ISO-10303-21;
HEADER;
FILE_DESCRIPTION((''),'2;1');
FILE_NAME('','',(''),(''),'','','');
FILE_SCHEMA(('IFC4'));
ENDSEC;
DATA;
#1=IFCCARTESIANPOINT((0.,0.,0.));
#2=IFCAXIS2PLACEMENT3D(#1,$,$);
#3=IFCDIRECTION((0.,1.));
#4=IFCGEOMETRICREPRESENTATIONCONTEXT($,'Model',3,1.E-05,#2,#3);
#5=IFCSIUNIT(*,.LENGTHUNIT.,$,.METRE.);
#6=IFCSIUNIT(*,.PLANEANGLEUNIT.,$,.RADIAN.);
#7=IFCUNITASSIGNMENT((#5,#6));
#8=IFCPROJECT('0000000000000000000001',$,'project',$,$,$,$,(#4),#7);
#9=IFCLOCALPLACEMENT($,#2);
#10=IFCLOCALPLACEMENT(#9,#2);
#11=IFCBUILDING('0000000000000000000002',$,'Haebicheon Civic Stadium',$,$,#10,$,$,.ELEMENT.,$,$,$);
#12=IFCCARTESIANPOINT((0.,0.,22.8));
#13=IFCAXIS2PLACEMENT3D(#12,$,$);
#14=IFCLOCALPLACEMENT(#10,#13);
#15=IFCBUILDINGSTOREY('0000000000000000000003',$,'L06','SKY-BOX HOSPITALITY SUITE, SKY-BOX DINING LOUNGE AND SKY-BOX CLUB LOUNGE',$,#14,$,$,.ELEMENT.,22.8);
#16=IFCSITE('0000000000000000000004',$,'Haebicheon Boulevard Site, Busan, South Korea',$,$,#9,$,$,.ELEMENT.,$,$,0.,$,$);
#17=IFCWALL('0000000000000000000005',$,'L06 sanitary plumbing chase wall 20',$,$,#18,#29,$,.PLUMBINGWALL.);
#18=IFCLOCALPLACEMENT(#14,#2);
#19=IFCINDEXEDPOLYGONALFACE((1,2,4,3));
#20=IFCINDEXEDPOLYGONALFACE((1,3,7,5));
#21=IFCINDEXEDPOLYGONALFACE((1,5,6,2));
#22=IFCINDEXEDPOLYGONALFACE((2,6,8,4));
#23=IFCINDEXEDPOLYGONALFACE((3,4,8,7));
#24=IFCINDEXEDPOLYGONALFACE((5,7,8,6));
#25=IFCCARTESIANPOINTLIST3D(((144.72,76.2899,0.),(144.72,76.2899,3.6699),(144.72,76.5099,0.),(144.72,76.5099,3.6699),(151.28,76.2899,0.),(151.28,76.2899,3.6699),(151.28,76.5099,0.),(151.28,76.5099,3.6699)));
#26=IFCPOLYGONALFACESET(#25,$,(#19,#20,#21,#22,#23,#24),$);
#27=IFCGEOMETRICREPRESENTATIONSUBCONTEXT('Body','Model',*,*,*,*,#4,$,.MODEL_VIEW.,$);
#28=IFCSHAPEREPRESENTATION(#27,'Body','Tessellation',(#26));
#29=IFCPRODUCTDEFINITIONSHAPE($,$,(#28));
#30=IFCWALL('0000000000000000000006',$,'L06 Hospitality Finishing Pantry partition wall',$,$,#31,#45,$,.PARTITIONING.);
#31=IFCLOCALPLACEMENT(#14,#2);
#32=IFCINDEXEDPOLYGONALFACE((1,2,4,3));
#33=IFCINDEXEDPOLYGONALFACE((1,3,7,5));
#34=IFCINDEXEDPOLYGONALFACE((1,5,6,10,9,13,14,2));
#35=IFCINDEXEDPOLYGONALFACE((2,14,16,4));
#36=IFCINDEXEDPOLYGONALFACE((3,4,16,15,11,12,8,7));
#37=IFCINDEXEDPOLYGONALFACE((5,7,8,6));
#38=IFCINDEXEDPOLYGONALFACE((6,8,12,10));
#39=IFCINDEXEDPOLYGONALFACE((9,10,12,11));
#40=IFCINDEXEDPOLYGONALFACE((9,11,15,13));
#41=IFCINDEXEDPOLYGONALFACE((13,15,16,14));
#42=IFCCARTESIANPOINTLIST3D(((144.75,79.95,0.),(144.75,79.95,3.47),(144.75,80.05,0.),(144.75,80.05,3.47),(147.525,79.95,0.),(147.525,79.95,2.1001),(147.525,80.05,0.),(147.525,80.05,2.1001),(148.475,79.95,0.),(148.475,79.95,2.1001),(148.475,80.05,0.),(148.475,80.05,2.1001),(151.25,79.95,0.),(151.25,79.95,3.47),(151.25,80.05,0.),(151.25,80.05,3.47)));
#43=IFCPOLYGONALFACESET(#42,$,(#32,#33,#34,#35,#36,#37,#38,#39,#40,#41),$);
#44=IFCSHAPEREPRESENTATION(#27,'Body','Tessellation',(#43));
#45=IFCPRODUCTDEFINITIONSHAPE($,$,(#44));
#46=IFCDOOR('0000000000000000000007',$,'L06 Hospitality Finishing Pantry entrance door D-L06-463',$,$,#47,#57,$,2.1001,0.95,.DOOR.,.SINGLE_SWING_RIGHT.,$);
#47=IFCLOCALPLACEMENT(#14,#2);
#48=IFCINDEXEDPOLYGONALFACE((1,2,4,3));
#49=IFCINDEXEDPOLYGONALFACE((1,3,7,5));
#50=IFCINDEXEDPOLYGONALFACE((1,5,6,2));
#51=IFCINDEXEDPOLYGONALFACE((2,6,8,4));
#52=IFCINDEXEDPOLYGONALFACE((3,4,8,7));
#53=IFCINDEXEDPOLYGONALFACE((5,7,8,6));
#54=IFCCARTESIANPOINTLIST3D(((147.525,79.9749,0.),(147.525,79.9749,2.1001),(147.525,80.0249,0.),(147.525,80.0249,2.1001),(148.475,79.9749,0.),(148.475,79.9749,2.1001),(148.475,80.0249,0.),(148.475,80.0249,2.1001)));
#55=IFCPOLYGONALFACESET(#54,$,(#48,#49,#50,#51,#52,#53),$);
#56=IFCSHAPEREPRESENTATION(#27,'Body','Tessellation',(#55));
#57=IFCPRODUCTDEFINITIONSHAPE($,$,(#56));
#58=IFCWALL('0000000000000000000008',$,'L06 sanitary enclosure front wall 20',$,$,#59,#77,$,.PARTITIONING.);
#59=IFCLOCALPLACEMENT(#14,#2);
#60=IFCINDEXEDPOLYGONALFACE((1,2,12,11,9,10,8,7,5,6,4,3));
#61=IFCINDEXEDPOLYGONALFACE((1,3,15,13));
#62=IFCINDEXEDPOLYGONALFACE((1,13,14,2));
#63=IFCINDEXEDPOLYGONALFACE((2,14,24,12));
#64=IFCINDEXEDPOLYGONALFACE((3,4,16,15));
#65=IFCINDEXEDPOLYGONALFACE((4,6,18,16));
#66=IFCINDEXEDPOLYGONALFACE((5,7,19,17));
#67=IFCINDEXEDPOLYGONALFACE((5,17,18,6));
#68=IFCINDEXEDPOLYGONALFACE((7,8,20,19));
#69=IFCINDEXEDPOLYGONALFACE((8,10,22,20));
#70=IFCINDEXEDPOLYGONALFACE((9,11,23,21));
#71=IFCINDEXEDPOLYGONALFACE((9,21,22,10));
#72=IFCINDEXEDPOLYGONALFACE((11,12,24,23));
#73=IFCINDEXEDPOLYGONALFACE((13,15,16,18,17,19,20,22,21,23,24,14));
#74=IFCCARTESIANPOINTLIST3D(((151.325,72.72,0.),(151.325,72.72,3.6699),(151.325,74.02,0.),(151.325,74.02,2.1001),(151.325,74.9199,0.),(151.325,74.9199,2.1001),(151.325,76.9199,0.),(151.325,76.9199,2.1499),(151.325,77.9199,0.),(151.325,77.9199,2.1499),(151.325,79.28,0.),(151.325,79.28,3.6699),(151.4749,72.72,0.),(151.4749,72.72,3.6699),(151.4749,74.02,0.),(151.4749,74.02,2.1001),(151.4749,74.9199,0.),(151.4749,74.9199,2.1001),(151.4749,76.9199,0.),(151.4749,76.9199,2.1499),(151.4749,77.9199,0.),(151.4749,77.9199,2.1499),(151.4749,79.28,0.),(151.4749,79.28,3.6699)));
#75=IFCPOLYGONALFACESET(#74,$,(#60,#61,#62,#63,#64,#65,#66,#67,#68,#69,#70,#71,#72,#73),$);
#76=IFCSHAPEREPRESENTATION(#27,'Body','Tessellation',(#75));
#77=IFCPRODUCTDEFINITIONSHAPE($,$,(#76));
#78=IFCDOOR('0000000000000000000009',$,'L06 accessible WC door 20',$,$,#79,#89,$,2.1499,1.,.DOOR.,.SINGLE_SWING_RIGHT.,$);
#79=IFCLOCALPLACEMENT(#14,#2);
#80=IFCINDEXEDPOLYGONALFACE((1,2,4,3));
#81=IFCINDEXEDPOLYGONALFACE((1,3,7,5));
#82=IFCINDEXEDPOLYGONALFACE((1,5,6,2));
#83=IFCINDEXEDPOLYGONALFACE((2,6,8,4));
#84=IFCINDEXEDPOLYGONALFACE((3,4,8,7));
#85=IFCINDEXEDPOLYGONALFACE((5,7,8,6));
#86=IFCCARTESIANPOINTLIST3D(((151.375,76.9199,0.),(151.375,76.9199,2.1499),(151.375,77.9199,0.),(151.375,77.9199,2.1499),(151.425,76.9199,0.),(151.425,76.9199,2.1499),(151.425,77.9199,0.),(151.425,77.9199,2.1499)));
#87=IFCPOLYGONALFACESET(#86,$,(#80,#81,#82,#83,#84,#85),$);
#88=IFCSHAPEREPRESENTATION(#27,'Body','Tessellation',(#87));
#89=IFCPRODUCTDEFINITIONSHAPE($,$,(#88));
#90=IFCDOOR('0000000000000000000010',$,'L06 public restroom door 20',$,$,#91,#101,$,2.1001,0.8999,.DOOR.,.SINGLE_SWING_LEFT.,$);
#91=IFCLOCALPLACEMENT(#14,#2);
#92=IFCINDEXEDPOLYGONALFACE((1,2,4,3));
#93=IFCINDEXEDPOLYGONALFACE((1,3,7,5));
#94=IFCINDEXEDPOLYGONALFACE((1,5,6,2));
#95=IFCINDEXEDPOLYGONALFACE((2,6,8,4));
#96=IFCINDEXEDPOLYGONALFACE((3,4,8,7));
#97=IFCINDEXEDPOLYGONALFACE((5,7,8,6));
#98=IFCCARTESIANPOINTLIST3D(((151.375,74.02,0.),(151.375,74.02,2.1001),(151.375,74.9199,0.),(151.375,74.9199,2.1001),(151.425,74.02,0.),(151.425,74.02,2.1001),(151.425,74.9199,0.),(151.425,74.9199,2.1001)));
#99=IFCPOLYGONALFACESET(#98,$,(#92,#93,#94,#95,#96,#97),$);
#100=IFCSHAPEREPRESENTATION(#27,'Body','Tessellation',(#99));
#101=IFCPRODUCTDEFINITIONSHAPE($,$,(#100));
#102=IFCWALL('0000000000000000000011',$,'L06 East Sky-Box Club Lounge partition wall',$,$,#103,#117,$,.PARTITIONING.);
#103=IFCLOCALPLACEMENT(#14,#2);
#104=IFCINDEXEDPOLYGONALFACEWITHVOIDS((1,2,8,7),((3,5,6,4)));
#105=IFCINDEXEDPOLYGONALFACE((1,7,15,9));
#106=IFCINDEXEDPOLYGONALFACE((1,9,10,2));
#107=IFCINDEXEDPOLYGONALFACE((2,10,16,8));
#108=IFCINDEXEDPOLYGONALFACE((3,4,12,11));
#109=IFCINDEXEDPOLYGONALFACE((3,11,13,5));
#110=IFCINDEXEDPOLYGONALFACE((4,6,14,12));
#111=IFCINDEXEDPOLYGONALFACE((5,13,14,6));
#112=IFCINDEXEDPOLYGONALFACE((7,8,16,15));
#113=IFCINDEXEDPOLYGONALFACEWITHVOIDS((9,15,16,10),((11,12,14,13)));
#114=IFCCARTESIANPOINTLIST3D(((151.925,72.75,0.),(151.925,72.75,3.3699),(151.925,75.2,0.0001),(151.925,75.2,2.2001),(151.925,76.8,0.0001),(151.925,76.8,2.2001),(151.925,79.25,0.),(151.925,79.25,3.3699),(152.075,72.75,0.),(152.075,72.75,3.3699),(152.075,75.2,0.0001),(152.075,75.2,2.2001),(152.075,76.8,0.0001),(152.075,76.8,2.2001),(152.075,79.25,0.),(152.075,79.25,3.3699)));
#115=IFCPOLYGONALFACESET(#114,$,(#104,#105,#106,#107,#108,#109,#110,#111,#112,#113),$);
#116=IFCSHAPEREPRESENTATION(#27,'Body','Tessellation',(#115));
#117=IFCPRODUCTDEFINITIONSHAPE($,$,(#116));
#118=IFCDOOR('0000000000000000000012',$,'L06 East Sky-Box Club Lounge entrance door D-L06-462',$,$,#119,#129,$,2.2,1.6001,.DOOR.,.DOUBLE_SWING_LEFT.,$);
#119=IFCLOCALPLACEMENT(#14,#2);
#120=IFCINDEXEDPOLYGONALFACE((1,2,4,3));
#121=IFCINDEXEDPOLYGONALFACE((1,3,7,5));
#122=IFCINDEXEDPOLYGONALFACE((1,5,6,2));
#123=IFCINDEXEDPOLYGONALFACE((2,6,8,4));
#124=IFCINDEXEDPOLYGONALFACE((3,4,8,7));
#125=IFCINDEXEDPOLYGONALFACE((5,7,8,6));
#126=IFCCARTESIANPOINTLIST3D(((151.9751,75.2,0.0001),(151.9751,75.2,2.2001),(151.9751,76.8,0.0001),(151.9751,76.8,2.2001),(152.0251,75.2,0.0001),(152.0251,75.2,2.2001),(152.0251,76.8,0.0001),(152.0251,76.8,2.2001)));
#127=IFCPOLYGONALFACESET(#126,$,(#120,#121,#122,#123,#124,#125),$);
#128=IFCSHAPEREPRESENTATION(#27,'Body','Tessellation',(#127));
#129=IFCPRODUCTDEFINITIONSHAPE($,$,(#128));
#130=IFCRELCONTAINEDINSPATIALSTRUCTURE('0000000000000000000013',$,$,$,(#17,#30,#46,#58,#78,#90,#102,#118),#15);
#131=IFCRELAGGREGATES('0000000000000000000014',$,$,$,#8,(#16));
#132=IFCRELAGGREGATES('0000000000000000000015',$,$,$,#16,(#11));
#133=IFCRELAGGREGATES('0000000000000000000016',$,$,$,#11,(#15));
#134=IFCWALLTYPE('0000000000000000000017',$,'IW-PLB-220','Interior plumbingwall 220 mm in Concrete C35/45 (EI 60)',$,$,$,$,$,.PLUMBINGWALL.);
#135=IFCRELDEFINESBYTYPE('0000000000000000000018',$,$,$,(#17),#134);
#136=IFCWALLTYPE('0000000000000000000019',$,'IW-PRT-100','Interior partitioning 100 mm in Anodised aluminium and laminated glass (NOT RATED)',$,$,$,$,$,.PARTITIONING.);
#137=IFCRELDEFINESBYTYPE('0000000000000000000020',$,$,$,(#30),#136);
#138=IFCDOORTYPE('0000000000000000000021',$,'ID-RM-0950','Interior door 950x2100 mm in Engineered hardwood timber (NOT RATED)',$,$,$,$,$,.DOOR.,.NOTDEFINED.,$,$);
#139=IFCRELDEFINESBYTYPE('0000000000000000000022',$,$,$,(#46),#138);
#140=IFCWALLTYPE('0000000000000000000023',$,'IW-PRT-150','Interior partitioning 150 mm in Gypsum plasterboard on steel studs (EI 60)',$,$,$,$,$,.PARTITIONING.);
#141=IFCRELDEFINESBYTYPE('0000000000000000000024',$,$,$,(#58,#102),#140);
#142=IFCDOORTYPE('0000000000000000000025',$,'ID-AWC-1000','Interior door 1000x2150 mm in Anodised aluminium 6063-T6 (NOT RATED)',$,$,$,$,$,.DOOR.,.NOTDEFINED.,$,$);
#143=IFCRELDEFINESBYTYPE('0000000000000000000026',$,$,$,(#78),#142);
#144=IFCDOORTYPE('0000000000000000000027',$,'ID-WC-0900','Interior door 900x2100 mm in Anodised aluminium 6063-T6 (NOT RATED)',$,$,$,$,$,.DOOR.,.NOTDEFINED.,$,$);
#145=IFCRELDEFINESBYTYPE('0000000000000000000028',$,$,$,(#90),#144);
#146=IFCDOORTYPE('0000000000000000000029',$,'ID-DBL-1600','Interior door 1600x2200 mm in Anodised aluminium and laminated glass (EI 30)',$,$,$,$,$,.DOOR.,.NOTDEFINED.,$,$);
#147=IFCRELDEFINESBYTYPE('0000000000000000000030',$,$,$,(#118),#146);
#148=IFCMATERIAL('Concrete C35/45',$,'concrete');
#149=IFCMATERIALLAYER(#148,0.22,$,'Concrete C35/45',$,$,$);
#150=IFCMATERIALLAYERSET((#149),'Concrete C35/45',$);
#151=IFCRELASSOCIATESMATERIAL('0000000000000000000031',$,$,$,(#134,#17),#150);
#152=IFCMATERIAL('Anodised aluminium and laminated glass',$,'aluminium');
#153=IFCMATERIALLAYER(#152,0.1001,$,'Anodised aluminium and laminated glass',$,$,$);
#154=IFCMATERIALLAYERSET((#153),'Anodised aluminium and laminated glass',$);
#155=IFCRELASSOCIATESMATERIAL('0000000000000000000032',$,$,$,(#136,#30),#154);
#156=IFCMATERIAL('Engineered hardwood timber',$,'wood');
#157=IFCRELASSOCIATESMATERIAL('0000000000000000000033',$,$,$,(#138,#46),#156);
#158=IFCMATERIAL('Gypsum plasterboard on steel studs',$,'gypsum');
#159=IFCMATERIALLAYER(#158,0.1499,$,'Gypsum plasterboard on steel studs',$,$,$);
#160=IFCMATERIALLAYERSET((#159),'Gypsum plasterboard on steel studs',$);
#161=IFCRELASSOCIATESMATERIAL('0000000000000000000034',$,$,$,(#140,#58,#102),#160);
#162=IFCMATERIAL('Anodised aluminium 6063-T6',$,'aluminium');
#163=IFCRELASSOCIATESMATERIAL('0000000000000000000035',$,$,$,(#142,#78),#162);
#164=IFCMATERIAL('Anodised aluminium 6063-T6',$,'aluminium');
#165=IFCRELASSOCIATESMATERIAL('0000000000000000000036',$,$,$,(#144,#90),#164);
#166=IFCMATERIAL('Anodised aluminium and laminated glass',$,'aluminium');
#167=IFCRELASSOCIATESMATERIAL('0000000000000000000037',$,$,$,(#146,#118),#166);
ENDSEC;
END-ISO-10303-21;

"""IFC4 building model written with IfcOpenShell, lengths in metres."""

from ifc_helpers import new_model, si_unit, direction, frame, frame_2d, origin, place, context, subcontext, project, spatial, rectangle, extrude, material, layer, layer_set, type_object, element, fill, save


model = new_model("IFC4")

# Units and contexts
model_context = context("Model", 3, precision=1e-05, world=origin(), true_north=direction((0.0, 1.0)))
body_context = subcontext(model_context, "Body", "Model", "MODEL_VIEW")
ifc_project = project(units=[si_unit("LENGTHUNIT", "METRE"), si_unit("PLANEANGLEUNIT", "RADIAN")], contexts=[model_context])

# Site, building, storey
site_placement = place(None, origin())
site = spatial("IfcSite", under=ifc_project, at=site_placement, Name="Haebicheon Boulevard Site, Busan, South Korea", CompositionType="ELEMENT", RefElevation=0.0)
building_placement = place(site_placement, origin())
building = spatial("IfcBuilding", under=site, at=building_placement, Name="Haebicheon Civic Stadium", CompositionType="ELEMENT")
storey_placement = place(building_placement, frame((0.0, 0.0, 22.8)))
storey = spatial("IfcBuildingStorey", under=building, at=storey_placement, Name="L06", Description="SKY-BOX HOSPITALITY SUITE, SKY-BOX DINING LOUNGE AND SKY-BOX CLUB LOUNGE", CompositionType="ELEMENT", Elevation=22.8)

# Wall
ifc_material_1 = material(Name="Concrete C35/45", Category="concrete")
ifc_layer_1 = layer(ifc_material_1, 0.22, Name="Concrete C35/45")
ifc_layer_set_1 = layer_set([ifc_layer_1], Name="Concrete C35/45")
wall_type_1 = type_object("IfcWallType", Name="IW-PLB-220", Description="Interior plumbingwall 220 mm in Concrete C35/45 (EI 60)", PredefinedType="PLUMBINGWALL", material=ifc_layer_set_1)
wall_1_placement = place(storey_placement, frame((144.72, 76.3999, 0.0), z_axis=(0.0, 0.0, 1.0), x_axis=(1.0, 0.0, 0.0)))
element("IfcWall", 1, at=wall_1_placement, inside=storey, type_object=wall_type_1, material=ifc_layer_set_1, Name="L06 sanitary plumbing chase wall 20", PredefinedType="PLUMBINGWALL", context=body_context, shape_type="SweptSolid", body=[
    extrude(rectangle(XDim=6.5601, YDim=0.22, at=frame_2d((3.28, 0.0))), origin(), (0.0, 0.0, 1.0), 3.6699),
])

# Wall, opening, door
ifc_material_2 = material(Name="Anodised aluminium and laminated glass", Category="aluminium")
ifc_layer_2 = layer(ifc_material_2, 0.1001, Name="Anodised aluminium and laminated glass")
ifc_layer_set_2 = layer_set([ifc_layer_2], Name="Anodised aluminium and laminated glass")
wall_type_2 = type_object("IfcWallType", Name="IW-PRT-100", Description="Interior partitioning 100 mm in Anodised aluminium and laminated glass (NOT RATED)", PredefinedType="PARTITIONING", material=ifc_layer_set_2)
wall_2_placement = place(storey_placement, frame((144.75, 80.0, 0.0), z_axis=(0.0, 0.0, 1.0), x_axis=(1.0, 0.0, 0.0)))
wall_2 = element("IfcWall", 2, at=wall_2_placement, inside=storey, type_object=wall_type_2, material=ifc_layer_set_2, Name="L06 Hospitality Finishing Pantry partition wall", PredefinedType="PARTITIONING", context=body_context, shape_type="SweptSolid", body=[
    extrude(rectangle(XDim=6.5, YDim=0.1001, at=frame_2d((3.25, 0.0))), origin(), (0.0, 0.0, 1.0), 3.47),
])
opening_1_placement = place(wall_2_placement, frame((2.7749, 0.0, 0.0)))
opening_1 = element("IfcOpeningElement", 3, at=opening_1_placement, cuts=wall_2, PredefinedType="OPENING", context=body_context, shape_type="SweptSolid", body=[
    extrude(rectangle(XDim=0.95, YDim=2.1001, at=frame_2d((0.4751, 1.05))), frame((0.0, 0.0601, 0.0), z_axis=(0.0, -1.0, 0.0), x_axis=(1.0, 0.0, 0.0)), (0.0, 0.0, 1.0), 0.1201),
])
ifc_material_3 = material(Name="Engineered hardwood timber", Category="wood")
door_type_1 = type_object("IfcDoorType", Name="ID-RM-0950", Description="Interior door 950x2100 mm in Engineered hardwood timber (NOT RATED)", OperationType="NOTDEFINED", PredefinedType="DOOR", material=ifc_material_3)
door_1_placement = place(opening_1_placement, origin())
door_1 = element("IfcDoor", 4, at=door_1_placement, inside=storey, type_object=door_type_1, material=ifc_material_3, Name="L06 Hospitality Finishing Pantry entrance door D-L06-463", OperationType="SINGLE_SWING_RIGHT", OverallHeight=2.1001, OverallWidth=0.95, PredefinedType="DOOR", context=body_context, shape_type="SweptSolid", body=[
    extrude(rectangle(XDim=0.95, YDim=2.1001, at=frame_2d((0.4751, 1.05))), frame((0.0, 0.0249, 0.0), z_axis=(0.0, -1.0, 0.0), x_axis=(1.0, 0.0, 0.0)), (0.0, 0.0, 1.0), 0.05),
])
fill(opening_1, door_1)

# Wall, openings, doors
ifc_material_4 = material(Name="Gypsum plasterboard on steel studs", Category="gypsum")
ifc_layer_3 = layer(ifc_material_4, 0.1499, Name="Gypsum plasterboard on steel studs")
ifc_layer_set_3 = layer_set([ifc_layer_3], Name="Gypsum plasterboard on steel studs")
wall_type_3 = type_object("IfcWallType", Name="IW-PRT-150", Description="Interior partitioning 150 mm in Gypsum plasterboard on steel studs (EI 60)", PredefinedType="PARTITIONING", material=ifc_layer_set_3)
wall_3_placement = place(storey_placement, frame((151.3999, 72.72, 0.0), z_axis=(0.0, 0.0, 1.0), x_axis=(0.0, 1.0, 0.0)))
wall_3 = element("IfcWall", 5, at=wall_3_placement, inside=storey, type_object=wall_type_3, material=ifc_layer_set_3, Name="L06 sanitary enclosure front wall 20", PredefinedType="PARTITIONING", context=body_context, shape_type="SweptSolid", body=[
    extrude(rectangle(XDim=6.5601, YDim=0.1499, at=frame_2d((3.28, 0.0))), origin(), (0.0, 0.0, 1.0), 3.6699),
])
opening_2_placement = place(wall_3_placement, frame((1.3, 0.0, 0.0)))
opening_2 = element("IfcOpeningElement", 6, at=opening_2_placement, cuts=wall_3, PredefinedType="OPENING", context=body_context, shape_type="SweptSolid", body=[
    extrude(rectangle(XDim=0.8999, YDim=2.1001, at=frame_2d((0.45, 1.05))), frame((0.0, 0.085, 0.0), z_axis=(0.0, -1.0, 0.0), x_axis=(1.0, 0.0, 0.0)), (0.0, 0.0, 1.0), 0.1699),
])
opening_3_placement = place(wall_3_placement, frame((4.2, 0.0, 0.0)))
opening_3 = element("IfcOpeningElement", 7, at=opening_3_placement, cuts=wall_3, PredefinedType="OPENING", context=body_context, shape_type="SweptSolid", body=[
    extrude(rectangle(XDim=1.0, YDim=2.1499, at=frame_2d((0.5, 1.075))), frame((0.0, 0.085, 0.0), z_axis=(0.0, -1.0, 0.0), x_axis=(1.0, 0.0, 0.0)), (0.0, 0.0, 1.0), 0.1699),
])
ifc_material_5 = material(Name="Anodised aluminium 6063-T6", Category="aluminium")
door_type_2 = type_object("IfcDoorType", Name="ID-AWC-1000", Description="Interior door 1000x2150 mm in Anodised aluminium 6063-T6 (NOT RATED)", OperationType="NOTDEFINED", PredefinedType="DOOR", material=ifc_material_5)
door_2_placement = place(opening_3_placement, origin())
door_2 = element("IfcDoor", 8, at=door_2_placement, inside=storey, type_object=door_type_2, material=ifc_material_5, Name="L06 accessible WC door 20", OperationType="SINGLE_SWING_RIGHT", OverallHeight=2.1499, OverallWidth=1.0, PredefinedType="DOOR", context=body_context, shape_type="SweptSolid", body=[
    extrude(rectangle(XDim=1.0, YDim=2.1499, at=frame_2d((0.5, 1.075))), frame((0.0, 0.0249, 0.0), z_axis=(0.0, -1.0, 0.0), x_axis=(1.0, 0.0, 0.0)), (0.0, 0.0, 1.0), 0.05),
])
fill(opening_3, door_2)
ifc_material_6 = material(Name="Anodised aluminium 6063-T6", Category="aluminium")
door_type_3 = type_object("IfcDoorType", Name="ID-WC-0900", Description="Interior door 900x2100 mm in Anodised aluminium 6063-T6 (NOT RATED)", OperationType="NOTDEFINED", PredefinedType="DOOR", material=ifc_material_6)
door_3_placement = place(opening_2_placement, origin())
door_3 = element("IfcDoor", 9, at=door_3_placement, inside=storey, type_object=door_type_3, material=ifc_material_6, Name="L06 public restroom door 20", OperationType="SINGLE_SWING_LEFT", OverallHeight=2.1001, OverallWidth=0.8999, PredefinedType="DOOR", context=body_context, shape_type="SweptSolid", body=[
    extrude(rectangle(XDim=0.8999, YDim=2.1001, at=frame_2d((0.45, 1.05))), frame((0.0, 0.0249, 0.0), z_axis=(0.0, -1.0, 0.0), x_axis=(1.0, 0.0, 0.0)), (0.0, 0.0, 1.0), 0.05),
])
fill(opening_2, door_3)

# Wall, opening, door
wall_4_placement = place(storey_placement, frame((152.0, 72.75, 0.0), z_axis=(0.0, 0.0, 1.0), x_axis=(0.0, 1.0, 0.0)))
wall_4 = element("IfcWall", 10, at=wall_4_placement, inside=storey, type_object=wall_type_3, material=ifc_layer_set_3, Name="L06 East Sky-Box Club Lounge partition wall", PredefinedType="PARTITIONING", context=body_context, shape_type="SweptSolid", body=[
    extrude(rectangle(XDim=6.5, YDim=0.1499, at=frame_2d((3.25, 0.0))), origin(), (0.0, 0.0, 1.0), 3.3699),
])
opening_4_placement = place(wall_4_placement, frame((2.45, 0.0, 0.0)))
opening_4 = element("IfcOpeningElement", 11, at=opening_4_placement, cuts=wall_4, PredefinedType="OPENING", context=body_context, shape_type="SweptSolid", body=[
    extrude(rectangle(XDim=1.6001, YDim=2.2, at=frame_2d((0.8, 1.1001))), frame((0.0, 0.085, 0.0), z_axis=(0.0, -1.0, 0.0), x_axis=(1.0, 0.0, 0.0)), (0.0, 0.0, 1.0), 0.1699),
])
ifc_material_7 = material(Name="Anodised aluminium and laminated glass", Category="aluminium")
door_type_4 = type_object("IfcDoorType", Name="ID-DBL-1600", Description="Interior door 1600x2200 mm in Anodised aluminium and laminated glass (EI 30)", OperationType="NOTDEFINED", PredefinedType="DOOR", material=ifc_material_7)
door_4_placement = place(opening_4_placement, origin())
door_4 = element("IfcDoor", 12, at=door_4_placement, inside=storey, type_object=door_type_4, material=ifc_material_7, Name="L06 East Sky-Box Club Lounge entrance door D-L06-462", OperationType="DOUBLE_SWING_LEFT", OverallHeight=2.2, OverallWidth=1.6001, PredefinedType="DOOR", context=body_context, shape_type="SweptSolid", body=[
    extrude(rectangle(XDim=1.6001, YDim=2.2, at=frame_2d((0.8, 1.1001))), frame((0.0, 0.0249, 0.0), z_axis=(0.0, -1.0, 0.0), x_axis=(1.0, 0.0, 0.0)), (0.0, 0.0, 1.0), 0.05),
])
fill(opening_4, door_4)

save(model, "model.ifc")
